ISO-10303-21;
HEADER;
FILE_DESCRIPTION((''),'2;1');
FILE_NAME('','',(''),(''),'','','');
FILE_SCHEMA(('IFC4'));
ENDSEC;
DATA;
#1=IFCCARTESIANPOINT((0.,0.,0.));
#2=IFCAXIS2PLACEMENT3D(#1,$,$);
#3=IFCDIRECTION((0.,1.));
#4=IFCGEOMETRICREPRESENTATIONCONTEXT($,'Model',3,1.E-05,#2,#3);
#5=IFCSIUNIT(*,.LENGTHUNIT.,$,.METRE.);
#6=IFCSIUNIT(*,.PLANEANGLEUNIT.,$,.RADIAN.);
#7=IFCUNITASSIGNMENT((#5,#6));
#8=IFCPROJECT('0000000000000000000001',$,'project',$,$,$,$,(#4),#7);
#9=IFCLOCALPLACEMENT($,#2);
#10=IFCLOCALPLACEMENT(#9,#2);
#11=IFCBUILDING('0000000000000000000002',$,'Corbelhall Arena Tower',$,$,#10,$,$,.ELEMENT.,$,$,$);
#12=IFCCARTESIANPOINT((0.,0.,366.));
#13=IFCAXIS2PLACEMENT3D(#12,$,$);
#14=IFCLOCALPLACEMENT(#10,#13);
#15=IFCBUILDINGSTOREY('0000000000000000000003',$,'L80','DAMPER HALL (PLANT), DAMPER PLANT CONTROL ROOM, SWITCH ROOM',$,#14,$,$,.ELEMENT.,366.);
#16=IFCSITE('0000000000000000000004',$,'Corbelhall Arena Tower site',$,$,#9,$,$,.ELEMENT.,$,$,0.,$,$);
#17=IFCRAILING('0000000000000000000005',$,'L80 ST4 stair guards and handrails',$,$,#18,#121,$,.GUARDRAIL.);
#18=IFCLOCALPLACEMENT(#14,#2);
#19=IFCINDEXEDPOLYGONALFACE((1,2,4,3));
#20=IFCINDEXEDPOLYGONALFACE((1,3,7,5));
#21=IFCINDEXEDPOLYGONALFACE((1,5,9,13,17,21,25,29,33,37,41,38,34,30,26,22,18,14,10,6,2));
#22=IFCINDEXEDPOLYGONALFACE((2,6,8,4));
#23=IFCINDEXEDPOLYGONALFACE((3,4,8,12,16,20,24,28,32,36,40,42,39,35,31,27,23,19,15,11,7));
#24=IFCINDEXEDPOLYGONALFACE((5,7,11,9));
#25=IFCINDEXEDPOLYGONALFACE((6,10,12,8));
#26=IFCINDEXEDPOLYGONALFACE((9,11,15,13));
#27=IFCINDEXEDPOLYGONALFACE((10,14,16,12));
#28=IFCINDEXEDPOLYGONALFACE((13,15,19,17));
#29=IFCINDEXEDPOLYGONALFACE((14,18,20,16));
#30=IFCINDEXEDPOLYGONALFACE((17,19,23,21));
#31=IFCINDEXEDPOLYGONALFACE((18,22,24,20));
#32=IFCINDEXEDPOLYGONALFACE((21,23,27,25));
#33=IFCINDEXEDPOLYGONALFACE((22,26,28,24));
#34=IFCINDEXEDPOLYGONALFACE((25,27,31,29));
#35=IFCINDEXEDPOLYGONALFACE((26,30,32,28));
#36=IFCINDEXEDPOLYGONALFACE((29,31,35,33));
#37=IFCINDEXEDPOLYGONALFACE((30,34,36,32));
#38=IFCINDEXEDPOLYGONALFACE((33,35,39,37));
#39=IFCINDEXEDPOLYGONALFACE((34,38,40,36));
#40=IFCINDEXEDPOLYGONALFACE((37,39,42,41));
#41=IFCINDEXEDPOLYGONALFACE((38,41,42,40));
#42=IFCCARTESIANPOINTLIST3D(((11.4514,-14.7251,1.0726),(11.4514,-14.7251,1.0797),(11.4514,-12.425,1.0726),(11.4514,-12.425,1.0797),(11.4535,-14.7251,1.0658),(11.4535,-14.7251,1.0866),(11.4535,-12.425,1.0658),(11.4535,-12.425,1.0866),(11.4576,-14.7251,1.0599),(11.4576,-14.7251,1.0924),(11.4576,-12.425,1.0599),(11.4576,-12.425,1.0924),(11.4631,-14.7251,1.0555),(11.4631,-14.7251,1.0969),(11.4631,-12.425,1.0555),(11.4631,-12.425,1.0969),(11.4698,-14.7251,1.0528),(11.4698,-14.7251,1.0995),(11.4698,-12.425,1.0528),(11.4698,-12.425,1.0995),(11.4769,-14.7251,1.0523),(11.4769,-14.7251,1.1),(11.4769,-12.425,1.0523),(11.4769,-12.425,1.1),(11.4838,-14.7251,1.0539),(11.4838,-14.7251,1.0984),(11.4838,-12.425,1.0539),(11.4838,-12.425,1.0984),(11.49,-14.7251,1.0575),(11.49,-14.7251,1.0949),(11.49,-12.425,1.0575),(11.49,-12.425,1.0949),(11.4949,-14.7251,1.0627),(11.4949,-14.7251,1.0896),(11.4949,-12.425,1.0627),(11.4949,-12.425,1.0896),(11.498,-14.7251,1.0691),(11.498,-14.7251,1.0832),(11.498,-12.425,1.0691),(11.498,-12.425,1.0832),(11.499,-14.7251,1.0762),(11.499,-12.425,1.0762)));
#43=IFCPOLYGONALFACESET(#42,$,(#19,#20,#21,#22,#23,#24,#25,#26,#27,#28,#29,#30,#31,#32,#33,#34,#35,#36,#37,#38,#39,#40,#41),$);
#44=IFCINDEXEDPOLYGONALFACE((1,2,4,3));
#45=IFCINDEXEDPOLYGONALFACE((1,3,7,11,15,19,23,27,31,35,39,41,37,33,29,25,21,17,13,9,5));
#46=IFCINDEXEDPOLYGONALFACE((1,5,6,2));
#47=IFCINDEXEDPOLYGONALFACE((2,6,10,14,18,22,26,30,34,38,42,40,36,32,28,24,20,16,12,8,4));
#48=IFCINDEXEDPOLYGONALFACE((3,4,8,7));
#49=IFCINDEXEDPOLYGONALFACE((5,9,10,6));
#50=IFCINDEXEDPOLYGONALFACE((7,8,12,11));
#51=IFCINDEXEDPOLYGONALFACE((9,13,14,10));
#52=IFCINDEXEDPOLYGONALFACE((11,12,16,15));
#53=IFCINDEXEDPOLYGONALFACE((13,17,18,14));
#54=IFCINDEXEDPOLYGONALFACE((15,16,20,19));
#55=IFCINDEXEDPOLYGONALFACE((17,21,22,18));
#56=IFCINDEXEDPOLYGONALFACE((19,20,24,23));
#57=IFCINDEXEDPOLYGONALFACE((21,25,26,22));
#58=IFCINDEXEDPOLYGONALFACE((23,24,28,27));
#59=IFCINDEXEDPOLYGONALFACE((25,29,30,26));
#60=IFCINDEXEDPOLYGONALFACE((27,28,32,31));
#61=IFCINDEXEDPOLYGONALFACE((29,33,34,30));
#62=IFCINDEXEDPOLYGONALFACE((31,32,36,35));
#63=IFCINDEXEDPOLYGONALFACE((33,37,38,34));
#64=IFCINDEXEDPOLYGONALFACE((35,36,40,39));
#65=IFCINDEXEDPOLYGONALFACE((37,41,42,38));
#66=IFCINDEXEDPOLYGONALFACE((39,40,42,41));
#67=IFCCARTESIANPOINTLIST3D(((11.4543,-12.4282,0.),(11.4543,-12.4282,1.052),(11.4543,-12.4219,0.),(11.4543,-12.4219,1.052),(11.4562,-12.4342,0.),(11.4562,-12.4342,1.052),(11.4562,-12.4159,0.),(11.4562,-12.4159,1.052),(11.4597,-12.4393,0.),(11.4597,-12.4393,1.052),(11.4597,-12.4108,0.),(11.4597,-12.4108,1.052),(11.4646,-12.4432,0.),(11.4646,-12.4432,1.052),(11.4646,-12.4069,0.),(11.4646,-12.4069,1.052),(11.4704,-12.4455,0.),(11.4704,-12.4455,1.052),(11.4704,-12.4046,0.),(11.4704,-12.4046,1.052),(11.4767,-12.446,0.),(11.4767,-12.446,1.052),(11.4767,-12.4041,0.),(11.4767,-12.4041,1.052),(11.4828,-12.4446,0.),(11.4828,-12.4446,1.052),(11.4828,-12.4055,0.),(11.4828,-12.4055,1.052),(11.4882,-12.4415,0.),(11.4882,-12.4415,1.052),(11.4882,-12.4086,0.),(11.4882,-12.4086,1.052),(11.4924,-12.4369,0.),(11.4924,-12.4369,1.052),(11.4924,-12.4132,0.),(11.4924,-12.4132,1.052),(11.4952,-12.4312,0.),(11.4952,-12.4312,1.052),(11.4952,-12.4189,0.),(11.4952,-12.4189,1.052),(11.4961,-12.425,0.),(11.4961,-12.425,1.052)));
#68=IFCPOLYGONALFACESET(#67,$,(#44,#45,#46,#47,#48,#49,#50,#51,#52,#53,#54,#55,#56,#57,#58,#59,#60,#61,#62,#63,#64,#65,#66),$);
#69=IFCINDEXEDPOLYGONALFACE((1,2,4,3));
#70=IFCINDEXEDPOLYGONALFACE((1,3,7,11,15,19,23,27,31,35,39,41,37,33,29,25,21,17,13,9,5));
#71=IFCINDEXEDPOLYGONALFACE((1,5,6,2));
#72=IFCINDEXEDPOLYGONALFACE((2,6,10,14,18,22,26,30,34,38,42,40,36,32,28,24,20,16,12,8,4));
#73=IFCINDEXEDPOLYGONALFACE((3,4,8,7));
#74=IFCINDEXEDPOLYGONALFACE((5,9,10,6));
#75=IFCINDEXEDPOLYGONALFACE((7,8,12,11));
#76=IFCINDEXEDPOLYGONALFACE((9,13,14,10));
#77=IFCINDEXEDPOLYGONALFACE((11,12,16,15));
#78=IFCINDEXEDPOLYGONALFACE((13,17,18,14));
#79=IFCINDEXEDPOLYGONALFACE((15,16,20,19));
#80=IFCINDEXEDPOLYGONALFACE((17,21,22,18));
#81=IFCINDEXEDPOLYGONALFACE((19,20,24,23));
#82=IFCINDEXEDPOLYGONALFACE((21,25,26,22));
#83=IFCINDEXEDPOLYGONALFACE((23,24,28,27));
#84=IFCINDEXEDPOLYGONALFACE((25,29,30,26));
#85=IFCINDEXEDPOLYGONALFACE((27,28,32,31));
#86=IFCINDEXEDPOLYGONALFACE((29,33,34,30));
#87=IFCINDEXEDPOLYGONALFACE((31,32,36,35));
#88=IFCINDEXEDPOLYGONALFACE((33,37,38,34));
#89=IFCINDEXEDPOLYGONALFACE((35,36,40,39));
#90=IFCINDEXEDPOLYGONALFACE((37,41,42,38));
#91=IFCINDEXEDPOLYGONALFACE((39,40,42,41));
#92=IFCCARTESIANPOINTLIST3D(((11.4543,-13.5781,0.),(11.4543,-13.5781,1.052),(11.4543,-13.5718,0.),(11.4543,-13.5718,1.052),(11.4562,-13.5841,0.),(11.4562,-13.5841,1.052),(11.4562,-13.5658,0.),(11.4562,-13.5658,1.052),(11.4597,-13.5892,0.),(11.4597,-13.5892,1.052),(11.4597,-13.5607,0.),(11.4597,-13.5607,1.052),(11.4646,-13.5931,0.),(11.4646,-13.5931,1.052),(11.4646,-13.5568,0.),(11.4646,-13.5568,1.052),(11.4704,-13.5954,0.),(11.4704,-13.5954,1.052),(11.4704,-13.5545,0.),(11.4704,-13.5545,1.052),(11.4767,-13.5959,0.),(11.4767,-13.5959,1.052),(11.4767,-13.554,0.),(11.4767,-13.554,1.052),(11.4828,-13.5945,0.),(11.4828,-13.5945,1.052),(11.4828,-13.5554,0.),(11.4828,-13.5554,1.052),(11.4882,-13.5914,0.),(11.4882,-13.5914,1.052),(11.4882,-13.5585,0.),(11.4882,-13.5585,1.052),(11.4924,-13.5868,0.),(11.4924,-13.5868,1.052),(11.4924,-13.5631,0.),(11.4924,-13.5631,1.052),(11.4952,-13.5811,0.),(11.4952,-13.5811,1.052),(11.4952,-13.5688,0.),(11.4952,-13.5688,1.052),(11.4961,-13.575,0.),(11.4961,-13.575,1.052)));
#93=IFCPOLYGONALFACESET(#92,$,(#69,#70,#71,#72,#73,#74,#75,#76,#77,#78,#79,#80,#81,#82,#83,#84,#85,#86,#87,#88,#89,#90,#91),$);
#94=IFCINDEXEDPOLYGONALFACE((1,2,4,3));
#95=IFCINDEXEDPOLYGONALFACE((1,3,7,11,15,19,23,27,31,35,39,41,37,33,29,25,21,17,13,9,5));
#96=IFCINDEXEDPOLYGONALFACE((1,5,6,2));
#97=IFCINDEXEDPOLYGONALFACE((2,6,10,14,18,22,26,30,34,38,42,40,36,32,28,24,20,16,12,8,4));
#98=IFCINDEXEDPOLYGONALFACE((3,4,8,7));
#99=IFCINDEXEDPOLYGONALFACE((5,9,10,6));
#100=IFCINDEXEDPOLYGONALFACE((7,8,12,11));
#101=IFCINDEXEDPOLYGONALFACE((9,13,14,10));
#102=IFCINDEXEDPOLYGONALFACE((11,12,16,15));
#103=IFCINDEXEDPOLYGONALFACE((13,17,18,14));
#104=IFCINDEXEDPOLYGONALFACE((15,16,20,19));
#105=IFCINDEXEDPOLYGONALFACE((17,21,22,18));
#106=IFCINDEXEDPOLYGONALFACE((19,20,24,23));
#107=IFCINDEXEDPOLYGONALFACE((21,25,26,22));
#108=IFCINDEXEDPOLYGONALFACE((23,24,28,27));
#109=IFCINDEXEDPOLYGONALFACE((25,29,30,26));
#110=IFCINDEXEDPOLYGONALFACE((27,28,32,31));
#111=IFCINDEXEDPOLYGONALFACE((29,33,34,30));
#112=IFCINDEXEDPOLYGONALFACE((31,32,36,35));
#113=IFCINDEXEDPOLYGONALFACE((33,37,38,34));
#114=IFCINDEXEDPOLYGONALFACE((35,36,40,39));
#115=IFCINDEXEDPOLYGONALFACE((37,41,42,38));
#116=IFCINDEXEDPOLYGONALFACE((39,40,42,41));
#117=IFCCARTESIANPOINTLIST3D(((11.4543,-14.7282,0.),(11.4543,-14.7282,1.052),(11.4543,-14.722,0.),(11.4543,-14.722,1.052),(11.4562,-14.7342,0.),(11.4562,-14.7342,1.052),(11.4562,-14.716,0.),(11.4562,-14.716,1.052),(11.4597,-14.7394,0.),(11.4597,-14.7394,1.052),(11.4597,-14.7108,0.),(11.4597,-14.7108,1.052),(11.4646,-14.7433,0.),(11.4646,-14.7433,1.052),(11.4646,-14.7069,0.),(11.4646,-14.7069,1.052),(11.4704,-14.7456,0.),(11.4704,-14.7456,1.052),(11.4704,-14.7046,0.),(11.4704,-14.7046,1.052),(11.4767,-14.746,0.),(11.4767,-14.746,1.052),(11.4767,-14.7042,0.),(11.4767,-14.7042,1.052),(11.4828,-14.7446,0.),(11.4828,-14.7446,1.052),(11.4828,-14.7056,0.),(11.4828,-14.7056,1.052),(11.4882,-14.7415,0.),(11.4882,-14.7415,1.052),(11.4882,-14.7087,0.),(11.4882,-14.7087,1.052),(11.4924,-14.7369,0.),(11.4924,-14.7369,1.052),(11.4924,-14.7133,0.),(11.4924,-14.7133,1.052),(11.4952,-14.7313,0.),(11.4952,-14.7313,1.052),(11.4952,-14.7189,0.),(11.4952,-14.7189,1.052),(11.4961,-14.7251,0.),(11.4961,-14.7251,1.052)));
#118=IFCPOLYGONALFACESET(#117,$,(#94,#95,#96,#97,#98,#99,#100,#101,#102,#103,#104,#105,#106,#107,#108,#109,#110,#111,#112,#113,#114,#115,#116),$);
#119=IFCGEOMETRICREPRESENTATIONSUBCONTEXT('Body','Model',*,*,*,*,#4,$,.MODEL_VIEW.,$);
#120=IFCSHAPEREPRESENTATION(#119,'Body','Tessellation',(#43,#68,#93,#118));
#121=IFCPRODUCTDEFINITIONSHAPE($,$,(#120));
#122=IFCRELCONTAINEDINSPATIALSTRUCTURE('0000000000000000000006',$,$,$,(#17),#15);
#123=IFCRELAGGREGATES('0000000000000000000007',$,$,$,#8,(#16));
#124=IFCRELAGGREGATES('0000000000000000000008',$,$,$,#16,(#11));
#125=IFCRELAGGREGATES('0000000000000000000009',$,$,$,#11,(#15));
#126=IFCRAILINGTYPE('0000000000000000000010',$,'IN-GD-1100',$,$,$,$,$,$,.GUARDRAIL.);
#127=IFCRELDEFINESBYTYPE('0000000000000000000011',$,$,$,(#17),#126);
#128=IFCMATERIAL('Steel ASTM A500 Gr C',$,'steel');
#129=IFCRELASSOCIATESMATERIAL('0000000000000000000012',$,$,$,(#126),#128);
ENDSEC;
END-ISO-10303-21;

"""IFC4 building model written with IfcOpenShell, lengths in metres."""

from ifc_helpers import new_model, si_unit, direction, frame, origin, origin_2d, place, context, subcontext, project, spatial, circle, extrude, material, type_object, element, save


model = new_model("IFC4")

# Units and contexts
model_context = context("Model", 3, precision=1e-05, world=origin(), true_north=direction((0.0, 1.0)))
body_context = subcontext(model_context, "Body", "Model", "MODEL_VIEW")
ifc_project = project(units=[si_unit("LENGTHUNIT", "METRE"), si_unit("PLANEANGLEUNIT", "RADIAN")], contexts=[model_context])

# Site, building, storey
site_placement = place(None, origin())
site = spatial("IfcSite", under=ifc_project, at=site_placement, Name="Corbelhall Arena Tower site", CompositionType="ELEMENT", RefElevation=0.0)
building_placement = place(site_placement, origin())
building = spatial("IfcBuilding", under=site, at=building_placement, Name="Corbelhall Arena Tower", CompositionType="ELEMENT")
storey_placement = place(building_placement, frame((0.0, 0.0, 366.0)))
storey = spatial("IfcBuildingStorey", under=building, at=storey_placement, Name="L80", Description="DAMPER HALL (PLANT), DAMPER PLANT CONTROL ROOM, SWITCH ROOM", CompositionType="ELEMENT", Elevation=366.0)

# Shared definitions
ifc_material_1 = material(Name="Steel ASTM A500 Gr C", Category="steel")

# Railing
railing_type = type_object("IfcRailingType", Name="IN-GD-1100", PredefinedType="GUARDRAIL", material=ifc_material_1)
railing_placement = place(storey_placement, frame((11.4751, -12.425, 0.0)))
element("IfcRailing", 1, at=railing_placement, inside=storey, type_object=railing_type, Name="L80 ST4 stair guards and handrails", PredefinedType="GUARDRAIL", context=body_context, shape_type="SweptSolid", body=[
    extrude(circle(Radius=0.0239, at=origin_2d()), frame((0.0, 0.0, 1.0762), z_axis=(0.0, -1.0, 0.0), x_axis=(1.0, 0.0, 0.0)), (0.0, 0.0, 1.0), 2.3),
    extrude(circle(Radius=0.021, at=origin_2d()), origin(), (0.0, 0.0, 1.0), 1.052),
    extrude(circle(Radius=0.021, at=origin_2d()), frame((0.0, -1.1499, 0.0)), (0.0, 0.0, 1.0), 1.052),
    extrude(circle(Radius=0.021, at=origin_2d()), frame((0.0, -2.3, 0.0)), (0.0, 0.0, 1.0), 1.052),
])

save(model, "model.ifc")
